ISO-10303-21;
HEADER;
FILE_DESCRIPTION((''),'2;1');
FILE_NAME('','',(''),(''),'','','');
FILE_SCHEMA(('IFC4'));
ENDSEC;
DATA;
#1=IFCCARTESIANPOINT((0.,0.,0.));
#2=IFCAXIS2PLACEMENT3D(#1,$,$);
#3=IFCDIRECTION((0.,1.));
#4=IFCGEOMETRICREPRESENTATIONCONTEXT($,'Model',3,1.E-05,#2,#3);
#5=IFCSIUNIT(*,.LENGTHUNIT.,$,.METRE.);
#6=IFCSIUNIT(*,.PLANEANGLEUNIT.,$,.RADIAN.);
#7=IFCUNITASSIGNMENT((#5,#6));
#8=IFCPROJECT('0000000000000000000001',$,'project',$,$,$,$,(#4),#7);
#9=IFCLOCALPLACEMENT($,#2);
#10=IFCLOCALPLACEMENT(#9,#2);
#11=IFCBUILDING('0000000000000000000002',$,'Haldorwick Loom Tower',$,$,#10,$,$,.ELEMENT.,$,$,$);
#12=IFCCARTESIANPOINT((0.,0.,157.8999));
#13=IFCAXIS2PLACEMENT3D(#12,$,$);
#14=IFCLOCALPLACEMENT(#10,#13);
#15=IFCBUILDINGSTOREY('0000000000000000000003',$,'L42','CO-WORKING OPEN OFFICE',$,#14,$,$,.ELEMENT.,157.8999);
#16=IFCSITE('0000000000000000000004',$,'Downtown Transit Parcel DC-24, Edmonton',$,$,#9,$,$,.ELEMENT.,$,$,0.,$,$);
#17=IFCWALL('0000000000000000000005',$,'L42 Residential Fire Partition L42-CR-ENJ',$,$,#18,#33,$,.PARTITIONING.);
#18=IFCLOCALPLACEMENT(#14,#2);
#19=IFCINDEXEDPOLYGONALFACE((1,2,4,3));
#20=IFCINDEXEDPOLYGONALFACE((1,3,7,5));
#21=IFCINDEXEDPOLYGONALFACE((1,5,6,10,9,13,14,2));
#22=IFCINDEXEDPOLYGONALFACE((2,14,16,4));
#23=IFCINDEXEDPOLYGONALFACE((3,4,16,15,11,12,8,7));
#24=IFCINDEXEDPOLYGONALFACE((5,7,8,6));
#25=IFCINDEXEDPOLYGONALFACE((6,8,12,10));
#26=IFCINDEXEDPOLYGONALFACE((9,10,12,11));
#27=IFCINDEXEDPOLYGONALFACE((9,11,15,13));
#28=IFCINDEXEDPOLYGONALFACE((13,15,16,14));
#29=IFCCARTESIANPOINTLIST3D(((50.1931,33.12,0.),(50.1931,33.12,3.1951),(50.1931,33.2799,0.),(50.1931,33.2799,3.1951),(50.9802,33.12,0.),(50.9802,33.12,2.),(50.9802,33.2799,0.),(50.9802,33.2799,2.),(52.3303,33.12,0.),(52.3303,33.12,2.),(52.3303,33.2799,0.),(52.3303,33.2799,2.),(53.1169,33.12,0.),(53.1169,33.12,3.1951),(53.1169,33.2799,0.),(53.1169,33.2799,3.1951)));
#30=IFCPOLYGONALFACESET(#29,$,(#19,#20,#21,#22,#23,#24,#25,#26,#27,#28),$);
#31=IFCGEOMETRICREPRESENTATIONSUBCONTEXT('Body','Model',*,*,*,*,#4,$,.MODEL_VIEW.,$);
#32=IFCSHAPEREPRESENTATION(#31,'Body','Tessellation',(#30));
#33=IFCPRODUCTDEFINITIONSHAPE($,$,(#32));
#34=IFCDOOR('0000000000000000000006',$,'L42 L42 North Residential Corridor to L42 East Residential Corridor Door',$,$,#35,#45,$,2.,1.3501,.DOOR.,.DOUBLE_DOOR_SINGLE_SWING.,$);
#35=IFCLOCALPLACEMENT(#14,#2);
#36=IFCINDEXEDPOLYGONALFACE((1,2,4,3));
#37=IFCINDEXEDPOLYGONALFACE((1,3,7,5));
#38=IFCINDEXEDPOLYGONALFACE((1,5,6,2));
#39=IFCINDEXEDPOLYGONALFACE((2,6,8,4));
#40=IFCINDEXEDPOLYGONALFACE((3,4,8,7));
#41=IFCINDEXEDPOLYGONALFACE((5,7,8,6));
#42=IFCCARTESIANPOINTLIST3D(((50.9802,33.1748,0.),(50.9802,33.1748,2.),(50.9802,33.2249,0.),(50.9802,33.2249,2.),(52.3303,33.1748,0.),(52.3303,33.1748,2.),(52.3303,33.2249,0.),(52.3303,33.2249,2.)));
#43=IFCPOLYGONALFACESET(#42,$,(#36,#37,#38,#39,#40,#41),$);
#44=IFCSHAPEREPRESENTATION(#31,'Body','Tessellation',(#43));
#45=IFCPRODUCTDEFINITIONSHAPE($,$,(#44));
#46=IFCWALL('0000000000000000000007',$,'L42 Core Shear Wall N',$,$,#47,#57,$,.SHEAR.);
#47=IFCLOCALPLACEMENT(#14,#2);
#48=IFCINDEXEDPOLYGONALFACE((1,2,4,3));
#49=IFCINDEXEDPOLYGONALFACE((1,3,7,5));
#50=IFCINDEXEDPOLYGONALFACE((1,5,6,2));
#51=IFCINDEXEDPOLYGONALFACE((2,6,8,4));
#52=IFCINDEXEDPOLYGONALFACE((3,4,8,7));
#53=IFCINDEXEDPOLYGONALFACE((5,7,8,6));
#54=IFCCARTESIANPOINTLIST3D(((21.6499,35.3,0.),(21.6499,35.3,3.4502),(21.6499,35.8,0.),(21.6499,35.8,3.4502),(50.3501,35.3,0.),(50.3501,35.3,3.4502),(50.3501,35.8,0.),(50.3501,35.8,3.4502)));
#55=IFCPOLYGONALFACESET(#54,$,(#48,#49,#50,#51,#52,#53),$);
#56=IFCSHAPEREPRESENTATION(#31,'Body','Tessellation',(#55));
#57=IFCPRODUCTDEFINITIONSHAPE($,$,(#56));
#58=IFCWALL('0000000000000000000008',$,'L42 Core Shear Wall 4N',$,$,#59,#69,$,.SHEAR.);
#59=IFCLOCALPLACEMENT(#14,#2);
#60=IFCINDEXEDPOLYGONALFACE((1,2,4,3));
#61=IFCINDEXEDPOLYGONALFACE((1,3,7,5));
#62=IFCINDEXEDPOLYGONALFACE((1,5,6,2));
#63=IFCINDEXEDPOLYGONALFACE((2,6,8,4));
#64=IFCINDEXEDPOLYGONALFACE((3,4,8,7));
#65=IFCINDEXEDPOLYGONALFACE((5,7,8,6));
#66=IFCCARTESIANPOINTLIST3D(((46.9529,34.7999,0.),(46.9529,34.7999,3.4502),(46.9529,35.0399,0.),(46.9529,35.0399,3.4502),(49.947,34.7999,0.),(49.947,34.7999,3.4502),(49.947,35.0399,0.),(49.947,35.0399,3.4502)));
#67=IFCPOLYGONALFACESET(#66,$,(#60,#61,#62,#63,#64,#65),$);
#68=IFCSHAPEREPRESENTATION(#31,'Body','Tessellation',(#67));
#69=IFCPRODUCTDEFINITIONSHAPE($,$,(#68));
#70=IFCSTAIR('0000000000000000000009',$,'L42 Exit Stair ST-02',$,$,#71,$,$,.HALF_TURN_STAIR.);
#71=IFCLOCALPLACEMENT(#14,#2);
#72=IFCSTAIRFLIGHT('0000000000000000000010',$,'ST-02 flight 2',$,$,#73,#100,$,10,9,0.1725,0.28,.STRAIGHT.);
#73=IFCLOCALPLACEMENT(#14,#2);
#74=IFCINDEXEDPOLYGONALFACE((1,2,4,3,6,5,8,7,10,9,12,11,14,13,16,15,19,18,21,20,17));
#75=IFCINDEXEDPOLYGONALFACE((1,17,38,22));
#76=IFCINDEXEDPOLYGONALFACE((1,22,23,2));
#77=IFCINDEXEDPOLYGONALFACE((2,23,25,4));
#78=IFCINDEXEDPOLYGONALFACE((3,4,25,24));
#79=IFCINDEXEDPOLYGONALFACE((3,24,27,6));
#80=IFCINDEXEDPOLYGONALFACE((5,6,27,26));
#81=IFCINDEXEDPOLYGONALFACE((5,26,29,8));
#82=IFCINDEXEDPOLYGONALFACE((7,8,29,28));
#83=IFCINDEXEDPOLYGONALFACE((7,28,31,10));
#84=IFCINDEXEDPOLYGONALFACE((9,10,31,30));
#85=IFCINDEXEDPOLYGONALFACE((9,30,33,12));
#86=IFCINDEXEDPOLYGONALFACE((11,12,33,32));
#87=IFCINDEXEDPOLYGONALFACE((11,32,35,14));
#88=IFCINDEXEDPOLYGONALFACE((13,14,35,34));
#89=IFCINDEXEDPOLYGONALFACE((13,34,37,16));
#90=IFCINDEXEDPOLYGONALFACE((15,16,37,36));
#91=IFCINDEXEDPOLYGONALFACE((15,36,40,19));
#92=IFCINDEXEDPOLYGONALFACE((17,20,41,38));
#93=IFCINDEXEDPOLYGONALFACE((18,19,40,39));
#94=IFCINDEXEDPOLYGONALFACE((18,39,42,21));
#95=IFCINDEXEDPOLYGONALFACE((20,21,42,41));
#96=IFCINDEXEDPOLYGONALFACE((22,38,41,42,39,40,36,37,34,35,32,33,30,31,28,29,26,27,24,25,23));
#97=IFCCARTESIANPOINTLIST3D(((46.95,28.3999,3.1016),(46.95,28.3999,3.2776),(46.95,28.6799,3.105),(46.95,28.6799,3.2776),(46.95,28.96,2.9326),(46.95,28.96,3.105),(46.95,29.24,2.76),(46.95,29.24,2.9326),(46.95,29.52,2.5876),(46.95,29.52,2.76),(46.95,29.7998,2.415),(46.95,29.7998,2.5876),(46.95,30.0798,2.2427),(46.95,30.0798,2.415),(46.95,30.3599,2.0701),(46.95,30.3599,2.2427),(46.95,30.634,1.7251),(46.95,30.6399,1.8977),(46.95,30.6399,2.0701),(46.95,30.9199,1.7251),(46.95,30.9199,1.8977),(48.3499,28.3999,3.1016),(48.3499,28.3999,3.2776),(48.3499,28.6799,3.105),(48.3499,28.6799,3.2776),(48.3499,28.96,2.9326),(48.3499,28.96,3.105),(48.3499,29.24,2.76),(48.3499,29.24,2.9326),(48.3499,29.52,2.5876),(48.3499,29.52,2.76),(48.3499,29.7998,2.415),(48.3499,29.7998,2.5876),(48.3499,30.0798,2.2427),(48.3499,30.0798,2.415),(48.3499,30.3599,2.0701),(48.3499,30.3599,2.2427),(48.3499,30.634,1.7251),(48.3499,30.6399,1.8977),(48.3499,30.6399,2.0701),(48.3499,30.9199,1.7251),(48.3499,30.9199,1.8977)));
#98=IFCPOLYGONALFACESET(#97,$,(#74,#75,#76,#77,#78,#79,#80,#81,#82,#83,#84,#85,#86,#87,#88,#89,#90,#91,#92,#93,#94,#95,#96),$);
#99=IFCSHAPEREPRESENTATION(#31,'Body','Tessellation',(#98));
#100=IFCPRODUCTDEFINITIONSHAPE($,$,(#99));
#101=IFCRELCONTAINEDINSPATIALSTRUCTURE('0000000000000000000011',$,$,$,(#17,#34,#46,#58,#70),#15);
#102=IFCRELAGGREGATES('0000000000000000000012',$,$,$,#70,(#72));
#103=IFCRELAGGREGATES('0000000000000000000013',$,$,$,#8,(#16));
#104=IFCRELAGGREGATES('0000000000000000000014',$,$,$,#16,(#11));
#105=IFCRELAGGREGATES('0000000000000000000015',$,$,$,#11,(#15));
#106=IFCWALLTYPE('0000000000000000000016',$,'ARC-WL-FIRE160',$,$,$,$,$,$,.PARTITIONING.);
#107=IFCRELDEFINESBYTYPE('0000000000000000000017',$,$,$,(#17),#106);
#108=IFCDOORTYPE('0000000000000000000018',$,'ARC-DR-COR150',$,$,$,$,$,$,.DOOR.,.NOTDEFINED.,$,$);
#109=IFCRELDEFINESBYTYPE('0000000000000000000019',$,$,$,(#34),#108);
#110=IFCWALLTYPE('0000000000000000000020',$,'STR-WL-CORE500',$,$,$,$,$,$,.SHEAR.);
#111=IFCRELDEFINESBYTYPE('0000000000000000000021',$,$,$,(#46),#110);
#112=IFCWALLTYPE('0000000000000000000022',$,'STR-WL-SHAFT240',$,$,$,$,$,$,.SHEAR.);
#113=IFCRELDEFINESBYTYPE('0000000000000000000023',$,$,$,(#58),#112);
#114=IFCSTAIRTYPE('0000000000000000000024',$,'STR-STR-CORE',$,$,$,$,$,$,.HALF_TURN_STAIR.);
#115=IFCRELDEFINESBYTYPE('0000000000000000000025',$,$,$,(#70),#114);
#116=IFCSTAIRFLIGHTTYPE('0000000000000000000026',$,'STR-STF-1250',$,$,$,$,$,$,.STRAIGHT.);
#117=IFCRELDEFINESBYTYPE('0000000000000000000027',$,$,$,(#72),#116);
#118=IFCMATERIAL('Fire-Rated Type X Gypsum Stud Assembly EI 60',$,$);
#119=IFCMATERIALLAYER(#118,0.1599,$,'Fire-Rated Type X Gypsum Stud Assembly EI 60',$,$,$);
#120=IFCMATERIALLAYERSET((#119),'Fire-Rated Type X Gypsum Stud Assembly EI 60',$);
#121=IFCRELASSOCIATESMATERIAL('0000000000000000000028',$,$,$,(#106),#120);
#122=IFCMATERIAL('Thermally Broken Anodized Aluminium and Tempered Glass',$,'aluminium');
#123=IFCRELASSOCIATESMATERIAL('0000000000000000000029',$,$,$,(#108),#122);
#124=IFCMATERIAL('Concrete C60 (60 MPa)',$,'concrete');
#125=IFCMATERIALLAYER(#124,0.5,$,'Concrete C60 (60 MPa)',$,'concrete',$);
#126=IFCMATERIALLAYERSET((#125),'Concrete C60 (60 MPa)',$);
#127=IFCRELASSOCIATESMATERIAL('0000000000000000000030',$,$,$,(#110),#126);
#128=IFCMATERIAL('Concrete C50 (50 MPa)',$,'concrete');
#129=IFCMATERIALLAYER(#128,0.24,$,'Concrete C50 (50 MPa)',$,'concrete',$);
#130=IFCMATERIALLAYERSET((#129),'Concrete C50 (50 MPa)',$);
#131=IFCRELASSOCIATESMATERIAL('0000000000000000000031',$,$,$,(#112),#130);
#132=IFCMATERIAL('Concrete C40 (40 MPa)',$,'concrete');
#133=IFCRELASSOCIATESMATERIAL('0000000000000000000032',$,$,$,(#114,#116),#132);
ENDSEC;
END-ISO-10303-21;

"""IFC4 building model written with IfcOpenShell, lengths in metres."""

from ifc_helpers import new_model, si_unit, direction, frame, frame_2d, origin, place, context, subcontext, project, spatial, polyline, rectangle, outline, extrude, material, layer, layer_set, type_object, element, fill, aggregate, save


model = new_model("IFC4")

# Units and contexts
model_context = context("Model", 3, precision=1e-05, world=origin(), true_north=direction((0.0, 1.0)))
body_context = subcontext(model_context, "Body", "Model", "MODEL_VIEW")
ifc_project = project(units=[si_unit("LENGTHUNIT", "METRE"), si_unit("PLANEANGLEUNIT", "RADIAN")], contexts=[model_context])

# Site, building, storey
site_placement = place(None, origin())
site = spatial("IfcSite", under=ifc_project, at=site_placement, Name="Downtown Transit Parcel DC-24, Edmonton", CompositionType="ELEMENT", RefElevation=0.0)
building_placement = place(site_placement, origin())
building = spatial("IfcBuilding", under=site, at=building_placement, Name="Haldorwick Loom Tower", CompositionType="ELEMENT")
storey_placement = place(building_placement, frame((0.0, 0.0, 157.8999)))
storey = spatial("IfcBuildingStorey", under=building, at=storey_placement, Name="L42", Description="CO-WORKING OPEN OFFICE", CompositionType="ELEMENT", Elevation=157.8999)

# Shared definitions
ifc_material_1 = material(Name="Concrete C60 (60 MPa)", Category="concrete")

# Wall, opening, door
ifc_material_2 = material(Name="Fire-Rated Type X Gypsum Stud Assembly EI 60")
ifc_layer_1 = layer(ifc_material_2, 0.1599, Name="Fire-Rated Type X Gypsum Stud Assembly EI 60")
ifc_layer_set_1 = layer_set([ifc_layer_1], Name="Fire-Rated Type X Gypsum Stud Assembly EI 60")
wall_type_1 = type_object("IfcWallType", Name="ARC-WL-FIRE160", PredefinedType="PARTITIONING", material=ifc_layer_set_1)
wall_1_placement = place(storey_placement, frame((50.1931, 33.2, 0.0), z_axis=(0.0, 0.0, 1.0), x_axis=(1.0, 0.0, 0.0)))
wall_1 = element("IfcWall", 1, at=wall_1_placement, inside=storey, type_object=wall_type_1, Name="L42 Residential Fire Partition L42-CR-ENJ", PredefinedType="PARTITIONING", context=body_context, shape_type="SweptSolid", body=[
    extrude(rectangle(XDim=2.9238, YDim=0.1599, at=frame_2d((1.4619, 0.0))), origin(), (0.0, 0.0, 1.0), 3.1951),
])
opening_1_placement = place(wall_1_placement, frame((0.7871, 0.0, 0.0)))
opening_1 = element("IfcOpeningElement", 2, at=opening_1_placement, cuts=wall_1, PredefinedType="OPENING", context=body_context, shape_type="SweptSolid", body=[
    extrude(rectangle(XDim=1.3501, YDim=2.0, at=frame_2d((0.675, 1.0))), frame((0.0, 0.0898, 0.0), z_axis=(0.0, -1.0, 0.0), x_axis=(1.0, 0.0, 0.0)), (0.0, 0.0, 1.0), 0.1799),
])
ifc_material_3 = material(Name="Thermally Broken Anodized Aluminium and Tempered Glass", Category="aluminium")
door_type = type_object("IfcDoorType", Name="ARC-DR-COR150", OperationType="NOTDEFINED", PredefinedType="DOOR", material=ifc_material_3)
door_placement = place(opening_1_placement, origin())
door = element("IfcDoor", 3, at=door_placement, inside=storey, type_object=door_type, Name="L42 L42 North Residential Corridor to L42 East Residential Corridor Door", OperationType="DOUBLE_DOOR_SINGLE_SWING", OverallHeight=2.0, OverallWidth=1.3501, PredefinedType="DOOR", context=body_context, shape_type="SweptSolid", body=[
    extrude(rectangle(XDim=1.3501, YDim=2.0, at=frame_2d((0.675, 1.0))), frame((0.0, 0.0249, 0.0), z_axis=(0.0, -1.0, 0.0), x_axis=(1.0, 0.0, 0.0)), (0.0, 0.0, 1.0), 0.05),
])
fill(opening_1, door)

# Walls
ifc_layer_2 = layer(ifc_material_1, 0.5, Name="Concrete C60 (60 MPa)", Category="concrete")
ifc_layer_set_2 = layer_set([ifc_layer_2], Name="Concrete C60 (60 MPa)")
wall_type_2 = type_object("IfcWallType", Name="STR-WL-CORE500", PredefinedType="SHEAR", material=ifc_layer_set_2)
wall_2_placement = place(storey_placement, frame((50.3501, 35.55, 0.0), z_axis=(0.0, 0.0, 1.0), x_axis=(-1.0, 0.0, 0.0)))
element("IfcWall", 4, at=wall_2_placement, inside=storey, type_object=wall_type_2, Name="L42 Core Shear Wall N", PredefinedType="SHEAR", context=body_context, shape_type="SweptSolid", body=[
    extrude(rectangle(XDim=28.7002, YDim=0.5, at=frame_2d((14.3501, 0.0))), origin(), (0.0, 0.0, 1.0), 3.4502),
])
ifc_material_4 = material(Name="Concrete C50 (50 MPa)", Category="concrete")
ifc_layer_3 = layer(ifc_material_4, 0.24, Name="Concrete C50 (50 MPa)", Category="concrete")
ifc_layer_set_3 = layer_set([ifc_layer_3], Name="Concrete C50 (50 MPa)")
wall_type_3 = type_object("IfcWallType", Name="STR-WL-SHAFT240", PredefinedType="SHEAR", material=ifc_layer_set_3)
wall_3_placement = place(storey_placement, frame((46.9529, 34.9199, 0.0), z_axis=(0.0, 0.0, 1.0), x_axis=(1.0, 0.0, 0.0)))
element("IfcWall", 5, at=wall_3_placement, inside=storey, type_object=wall_type_3, Name="L42 Core Shear Wall 4N", PredefinedType="SHEAR", context=body_context, shape_type="SweptSolid", body=[
    extrude(rectangle(XDim=2.9941, YDim=0.24, at=frame_2d((1.4971, 0.0))), origin(), (0.0, 0.0, 1.0), 3.4502),
])

# Stair, stair flight
ifc_material_5 = material(Name="Concrete C40 (40 MPa)", Category="concrete")
stair_type = type_object("IfcStairType", Name="STR-STR-CORE", PredefinedType="HALF_TURN_STAIR", material=ifc_material_5)
stair_placement = place(storey_placement, origin())
stair = element("IfcStair", 6, at=stair_placement, inside=storey, type_object=stair_type, Name="L42 Exit Stair ST-02", PredefinedType="HALF_TURN_STAIR")
stair_flight_type = type_object("IfcStairFlightType", Name="STR-STF-1250", PredefinedType="STRAIGHT", material=ifc_material_5)
stair_flight_placement = place(storey_placement, frame((47.6499, 30.9199, 1.7251), z_axis=(0.0, 0.0, 1.0), x_axis=(0.0, -1.0, 0.0)))
stair_flight = element("IfcStairFlight", 7, at=stair_flight_placement, type_object=stair_flight_type, Name="ST-02 flight 2", NumberOfRisers=10, NumberOfTreads=9, PredefinedType="STRAIGHT", RiserHeight=0.1725, TreadLength=0.28, context=body_context, shape_type="SweptSolid", body=[
    extrude(outline(polyline([(0.0, 0.0), (0.0, 0.1726), (0.28, 0.1726), (0.28, 0.345), (0.5601, 0.345), (0.5601, 0.5176), (0.8401, 0.5176), (0.8401, 0.6899), (1.1201, 0.6899), (1.1201, 0.8625), (1.3999, 0.8625), (1.3999, 1.0349), (1.6799, 1.0349), (1.6799, 1.2075), (1.96, 1.2075), (1.96, 1.3799), (2.24, 1.3799), (2.24, 1.5525), (2.52, 1.5525), (2.52, 1.7251), (2.52, 1.3765), (0.2859, 0.0), (0.0, 0.0)])), frame((0.0, 0.7, 0.0), z_axis=(0.0, -1.0, 0.0), x_axis=(1.0, 0.0, 0.0)), (0.0, 0.0, 1.0), 1.3999),
])
aggregate(stair, [stair_flight])

save(model, "model.ifc")
